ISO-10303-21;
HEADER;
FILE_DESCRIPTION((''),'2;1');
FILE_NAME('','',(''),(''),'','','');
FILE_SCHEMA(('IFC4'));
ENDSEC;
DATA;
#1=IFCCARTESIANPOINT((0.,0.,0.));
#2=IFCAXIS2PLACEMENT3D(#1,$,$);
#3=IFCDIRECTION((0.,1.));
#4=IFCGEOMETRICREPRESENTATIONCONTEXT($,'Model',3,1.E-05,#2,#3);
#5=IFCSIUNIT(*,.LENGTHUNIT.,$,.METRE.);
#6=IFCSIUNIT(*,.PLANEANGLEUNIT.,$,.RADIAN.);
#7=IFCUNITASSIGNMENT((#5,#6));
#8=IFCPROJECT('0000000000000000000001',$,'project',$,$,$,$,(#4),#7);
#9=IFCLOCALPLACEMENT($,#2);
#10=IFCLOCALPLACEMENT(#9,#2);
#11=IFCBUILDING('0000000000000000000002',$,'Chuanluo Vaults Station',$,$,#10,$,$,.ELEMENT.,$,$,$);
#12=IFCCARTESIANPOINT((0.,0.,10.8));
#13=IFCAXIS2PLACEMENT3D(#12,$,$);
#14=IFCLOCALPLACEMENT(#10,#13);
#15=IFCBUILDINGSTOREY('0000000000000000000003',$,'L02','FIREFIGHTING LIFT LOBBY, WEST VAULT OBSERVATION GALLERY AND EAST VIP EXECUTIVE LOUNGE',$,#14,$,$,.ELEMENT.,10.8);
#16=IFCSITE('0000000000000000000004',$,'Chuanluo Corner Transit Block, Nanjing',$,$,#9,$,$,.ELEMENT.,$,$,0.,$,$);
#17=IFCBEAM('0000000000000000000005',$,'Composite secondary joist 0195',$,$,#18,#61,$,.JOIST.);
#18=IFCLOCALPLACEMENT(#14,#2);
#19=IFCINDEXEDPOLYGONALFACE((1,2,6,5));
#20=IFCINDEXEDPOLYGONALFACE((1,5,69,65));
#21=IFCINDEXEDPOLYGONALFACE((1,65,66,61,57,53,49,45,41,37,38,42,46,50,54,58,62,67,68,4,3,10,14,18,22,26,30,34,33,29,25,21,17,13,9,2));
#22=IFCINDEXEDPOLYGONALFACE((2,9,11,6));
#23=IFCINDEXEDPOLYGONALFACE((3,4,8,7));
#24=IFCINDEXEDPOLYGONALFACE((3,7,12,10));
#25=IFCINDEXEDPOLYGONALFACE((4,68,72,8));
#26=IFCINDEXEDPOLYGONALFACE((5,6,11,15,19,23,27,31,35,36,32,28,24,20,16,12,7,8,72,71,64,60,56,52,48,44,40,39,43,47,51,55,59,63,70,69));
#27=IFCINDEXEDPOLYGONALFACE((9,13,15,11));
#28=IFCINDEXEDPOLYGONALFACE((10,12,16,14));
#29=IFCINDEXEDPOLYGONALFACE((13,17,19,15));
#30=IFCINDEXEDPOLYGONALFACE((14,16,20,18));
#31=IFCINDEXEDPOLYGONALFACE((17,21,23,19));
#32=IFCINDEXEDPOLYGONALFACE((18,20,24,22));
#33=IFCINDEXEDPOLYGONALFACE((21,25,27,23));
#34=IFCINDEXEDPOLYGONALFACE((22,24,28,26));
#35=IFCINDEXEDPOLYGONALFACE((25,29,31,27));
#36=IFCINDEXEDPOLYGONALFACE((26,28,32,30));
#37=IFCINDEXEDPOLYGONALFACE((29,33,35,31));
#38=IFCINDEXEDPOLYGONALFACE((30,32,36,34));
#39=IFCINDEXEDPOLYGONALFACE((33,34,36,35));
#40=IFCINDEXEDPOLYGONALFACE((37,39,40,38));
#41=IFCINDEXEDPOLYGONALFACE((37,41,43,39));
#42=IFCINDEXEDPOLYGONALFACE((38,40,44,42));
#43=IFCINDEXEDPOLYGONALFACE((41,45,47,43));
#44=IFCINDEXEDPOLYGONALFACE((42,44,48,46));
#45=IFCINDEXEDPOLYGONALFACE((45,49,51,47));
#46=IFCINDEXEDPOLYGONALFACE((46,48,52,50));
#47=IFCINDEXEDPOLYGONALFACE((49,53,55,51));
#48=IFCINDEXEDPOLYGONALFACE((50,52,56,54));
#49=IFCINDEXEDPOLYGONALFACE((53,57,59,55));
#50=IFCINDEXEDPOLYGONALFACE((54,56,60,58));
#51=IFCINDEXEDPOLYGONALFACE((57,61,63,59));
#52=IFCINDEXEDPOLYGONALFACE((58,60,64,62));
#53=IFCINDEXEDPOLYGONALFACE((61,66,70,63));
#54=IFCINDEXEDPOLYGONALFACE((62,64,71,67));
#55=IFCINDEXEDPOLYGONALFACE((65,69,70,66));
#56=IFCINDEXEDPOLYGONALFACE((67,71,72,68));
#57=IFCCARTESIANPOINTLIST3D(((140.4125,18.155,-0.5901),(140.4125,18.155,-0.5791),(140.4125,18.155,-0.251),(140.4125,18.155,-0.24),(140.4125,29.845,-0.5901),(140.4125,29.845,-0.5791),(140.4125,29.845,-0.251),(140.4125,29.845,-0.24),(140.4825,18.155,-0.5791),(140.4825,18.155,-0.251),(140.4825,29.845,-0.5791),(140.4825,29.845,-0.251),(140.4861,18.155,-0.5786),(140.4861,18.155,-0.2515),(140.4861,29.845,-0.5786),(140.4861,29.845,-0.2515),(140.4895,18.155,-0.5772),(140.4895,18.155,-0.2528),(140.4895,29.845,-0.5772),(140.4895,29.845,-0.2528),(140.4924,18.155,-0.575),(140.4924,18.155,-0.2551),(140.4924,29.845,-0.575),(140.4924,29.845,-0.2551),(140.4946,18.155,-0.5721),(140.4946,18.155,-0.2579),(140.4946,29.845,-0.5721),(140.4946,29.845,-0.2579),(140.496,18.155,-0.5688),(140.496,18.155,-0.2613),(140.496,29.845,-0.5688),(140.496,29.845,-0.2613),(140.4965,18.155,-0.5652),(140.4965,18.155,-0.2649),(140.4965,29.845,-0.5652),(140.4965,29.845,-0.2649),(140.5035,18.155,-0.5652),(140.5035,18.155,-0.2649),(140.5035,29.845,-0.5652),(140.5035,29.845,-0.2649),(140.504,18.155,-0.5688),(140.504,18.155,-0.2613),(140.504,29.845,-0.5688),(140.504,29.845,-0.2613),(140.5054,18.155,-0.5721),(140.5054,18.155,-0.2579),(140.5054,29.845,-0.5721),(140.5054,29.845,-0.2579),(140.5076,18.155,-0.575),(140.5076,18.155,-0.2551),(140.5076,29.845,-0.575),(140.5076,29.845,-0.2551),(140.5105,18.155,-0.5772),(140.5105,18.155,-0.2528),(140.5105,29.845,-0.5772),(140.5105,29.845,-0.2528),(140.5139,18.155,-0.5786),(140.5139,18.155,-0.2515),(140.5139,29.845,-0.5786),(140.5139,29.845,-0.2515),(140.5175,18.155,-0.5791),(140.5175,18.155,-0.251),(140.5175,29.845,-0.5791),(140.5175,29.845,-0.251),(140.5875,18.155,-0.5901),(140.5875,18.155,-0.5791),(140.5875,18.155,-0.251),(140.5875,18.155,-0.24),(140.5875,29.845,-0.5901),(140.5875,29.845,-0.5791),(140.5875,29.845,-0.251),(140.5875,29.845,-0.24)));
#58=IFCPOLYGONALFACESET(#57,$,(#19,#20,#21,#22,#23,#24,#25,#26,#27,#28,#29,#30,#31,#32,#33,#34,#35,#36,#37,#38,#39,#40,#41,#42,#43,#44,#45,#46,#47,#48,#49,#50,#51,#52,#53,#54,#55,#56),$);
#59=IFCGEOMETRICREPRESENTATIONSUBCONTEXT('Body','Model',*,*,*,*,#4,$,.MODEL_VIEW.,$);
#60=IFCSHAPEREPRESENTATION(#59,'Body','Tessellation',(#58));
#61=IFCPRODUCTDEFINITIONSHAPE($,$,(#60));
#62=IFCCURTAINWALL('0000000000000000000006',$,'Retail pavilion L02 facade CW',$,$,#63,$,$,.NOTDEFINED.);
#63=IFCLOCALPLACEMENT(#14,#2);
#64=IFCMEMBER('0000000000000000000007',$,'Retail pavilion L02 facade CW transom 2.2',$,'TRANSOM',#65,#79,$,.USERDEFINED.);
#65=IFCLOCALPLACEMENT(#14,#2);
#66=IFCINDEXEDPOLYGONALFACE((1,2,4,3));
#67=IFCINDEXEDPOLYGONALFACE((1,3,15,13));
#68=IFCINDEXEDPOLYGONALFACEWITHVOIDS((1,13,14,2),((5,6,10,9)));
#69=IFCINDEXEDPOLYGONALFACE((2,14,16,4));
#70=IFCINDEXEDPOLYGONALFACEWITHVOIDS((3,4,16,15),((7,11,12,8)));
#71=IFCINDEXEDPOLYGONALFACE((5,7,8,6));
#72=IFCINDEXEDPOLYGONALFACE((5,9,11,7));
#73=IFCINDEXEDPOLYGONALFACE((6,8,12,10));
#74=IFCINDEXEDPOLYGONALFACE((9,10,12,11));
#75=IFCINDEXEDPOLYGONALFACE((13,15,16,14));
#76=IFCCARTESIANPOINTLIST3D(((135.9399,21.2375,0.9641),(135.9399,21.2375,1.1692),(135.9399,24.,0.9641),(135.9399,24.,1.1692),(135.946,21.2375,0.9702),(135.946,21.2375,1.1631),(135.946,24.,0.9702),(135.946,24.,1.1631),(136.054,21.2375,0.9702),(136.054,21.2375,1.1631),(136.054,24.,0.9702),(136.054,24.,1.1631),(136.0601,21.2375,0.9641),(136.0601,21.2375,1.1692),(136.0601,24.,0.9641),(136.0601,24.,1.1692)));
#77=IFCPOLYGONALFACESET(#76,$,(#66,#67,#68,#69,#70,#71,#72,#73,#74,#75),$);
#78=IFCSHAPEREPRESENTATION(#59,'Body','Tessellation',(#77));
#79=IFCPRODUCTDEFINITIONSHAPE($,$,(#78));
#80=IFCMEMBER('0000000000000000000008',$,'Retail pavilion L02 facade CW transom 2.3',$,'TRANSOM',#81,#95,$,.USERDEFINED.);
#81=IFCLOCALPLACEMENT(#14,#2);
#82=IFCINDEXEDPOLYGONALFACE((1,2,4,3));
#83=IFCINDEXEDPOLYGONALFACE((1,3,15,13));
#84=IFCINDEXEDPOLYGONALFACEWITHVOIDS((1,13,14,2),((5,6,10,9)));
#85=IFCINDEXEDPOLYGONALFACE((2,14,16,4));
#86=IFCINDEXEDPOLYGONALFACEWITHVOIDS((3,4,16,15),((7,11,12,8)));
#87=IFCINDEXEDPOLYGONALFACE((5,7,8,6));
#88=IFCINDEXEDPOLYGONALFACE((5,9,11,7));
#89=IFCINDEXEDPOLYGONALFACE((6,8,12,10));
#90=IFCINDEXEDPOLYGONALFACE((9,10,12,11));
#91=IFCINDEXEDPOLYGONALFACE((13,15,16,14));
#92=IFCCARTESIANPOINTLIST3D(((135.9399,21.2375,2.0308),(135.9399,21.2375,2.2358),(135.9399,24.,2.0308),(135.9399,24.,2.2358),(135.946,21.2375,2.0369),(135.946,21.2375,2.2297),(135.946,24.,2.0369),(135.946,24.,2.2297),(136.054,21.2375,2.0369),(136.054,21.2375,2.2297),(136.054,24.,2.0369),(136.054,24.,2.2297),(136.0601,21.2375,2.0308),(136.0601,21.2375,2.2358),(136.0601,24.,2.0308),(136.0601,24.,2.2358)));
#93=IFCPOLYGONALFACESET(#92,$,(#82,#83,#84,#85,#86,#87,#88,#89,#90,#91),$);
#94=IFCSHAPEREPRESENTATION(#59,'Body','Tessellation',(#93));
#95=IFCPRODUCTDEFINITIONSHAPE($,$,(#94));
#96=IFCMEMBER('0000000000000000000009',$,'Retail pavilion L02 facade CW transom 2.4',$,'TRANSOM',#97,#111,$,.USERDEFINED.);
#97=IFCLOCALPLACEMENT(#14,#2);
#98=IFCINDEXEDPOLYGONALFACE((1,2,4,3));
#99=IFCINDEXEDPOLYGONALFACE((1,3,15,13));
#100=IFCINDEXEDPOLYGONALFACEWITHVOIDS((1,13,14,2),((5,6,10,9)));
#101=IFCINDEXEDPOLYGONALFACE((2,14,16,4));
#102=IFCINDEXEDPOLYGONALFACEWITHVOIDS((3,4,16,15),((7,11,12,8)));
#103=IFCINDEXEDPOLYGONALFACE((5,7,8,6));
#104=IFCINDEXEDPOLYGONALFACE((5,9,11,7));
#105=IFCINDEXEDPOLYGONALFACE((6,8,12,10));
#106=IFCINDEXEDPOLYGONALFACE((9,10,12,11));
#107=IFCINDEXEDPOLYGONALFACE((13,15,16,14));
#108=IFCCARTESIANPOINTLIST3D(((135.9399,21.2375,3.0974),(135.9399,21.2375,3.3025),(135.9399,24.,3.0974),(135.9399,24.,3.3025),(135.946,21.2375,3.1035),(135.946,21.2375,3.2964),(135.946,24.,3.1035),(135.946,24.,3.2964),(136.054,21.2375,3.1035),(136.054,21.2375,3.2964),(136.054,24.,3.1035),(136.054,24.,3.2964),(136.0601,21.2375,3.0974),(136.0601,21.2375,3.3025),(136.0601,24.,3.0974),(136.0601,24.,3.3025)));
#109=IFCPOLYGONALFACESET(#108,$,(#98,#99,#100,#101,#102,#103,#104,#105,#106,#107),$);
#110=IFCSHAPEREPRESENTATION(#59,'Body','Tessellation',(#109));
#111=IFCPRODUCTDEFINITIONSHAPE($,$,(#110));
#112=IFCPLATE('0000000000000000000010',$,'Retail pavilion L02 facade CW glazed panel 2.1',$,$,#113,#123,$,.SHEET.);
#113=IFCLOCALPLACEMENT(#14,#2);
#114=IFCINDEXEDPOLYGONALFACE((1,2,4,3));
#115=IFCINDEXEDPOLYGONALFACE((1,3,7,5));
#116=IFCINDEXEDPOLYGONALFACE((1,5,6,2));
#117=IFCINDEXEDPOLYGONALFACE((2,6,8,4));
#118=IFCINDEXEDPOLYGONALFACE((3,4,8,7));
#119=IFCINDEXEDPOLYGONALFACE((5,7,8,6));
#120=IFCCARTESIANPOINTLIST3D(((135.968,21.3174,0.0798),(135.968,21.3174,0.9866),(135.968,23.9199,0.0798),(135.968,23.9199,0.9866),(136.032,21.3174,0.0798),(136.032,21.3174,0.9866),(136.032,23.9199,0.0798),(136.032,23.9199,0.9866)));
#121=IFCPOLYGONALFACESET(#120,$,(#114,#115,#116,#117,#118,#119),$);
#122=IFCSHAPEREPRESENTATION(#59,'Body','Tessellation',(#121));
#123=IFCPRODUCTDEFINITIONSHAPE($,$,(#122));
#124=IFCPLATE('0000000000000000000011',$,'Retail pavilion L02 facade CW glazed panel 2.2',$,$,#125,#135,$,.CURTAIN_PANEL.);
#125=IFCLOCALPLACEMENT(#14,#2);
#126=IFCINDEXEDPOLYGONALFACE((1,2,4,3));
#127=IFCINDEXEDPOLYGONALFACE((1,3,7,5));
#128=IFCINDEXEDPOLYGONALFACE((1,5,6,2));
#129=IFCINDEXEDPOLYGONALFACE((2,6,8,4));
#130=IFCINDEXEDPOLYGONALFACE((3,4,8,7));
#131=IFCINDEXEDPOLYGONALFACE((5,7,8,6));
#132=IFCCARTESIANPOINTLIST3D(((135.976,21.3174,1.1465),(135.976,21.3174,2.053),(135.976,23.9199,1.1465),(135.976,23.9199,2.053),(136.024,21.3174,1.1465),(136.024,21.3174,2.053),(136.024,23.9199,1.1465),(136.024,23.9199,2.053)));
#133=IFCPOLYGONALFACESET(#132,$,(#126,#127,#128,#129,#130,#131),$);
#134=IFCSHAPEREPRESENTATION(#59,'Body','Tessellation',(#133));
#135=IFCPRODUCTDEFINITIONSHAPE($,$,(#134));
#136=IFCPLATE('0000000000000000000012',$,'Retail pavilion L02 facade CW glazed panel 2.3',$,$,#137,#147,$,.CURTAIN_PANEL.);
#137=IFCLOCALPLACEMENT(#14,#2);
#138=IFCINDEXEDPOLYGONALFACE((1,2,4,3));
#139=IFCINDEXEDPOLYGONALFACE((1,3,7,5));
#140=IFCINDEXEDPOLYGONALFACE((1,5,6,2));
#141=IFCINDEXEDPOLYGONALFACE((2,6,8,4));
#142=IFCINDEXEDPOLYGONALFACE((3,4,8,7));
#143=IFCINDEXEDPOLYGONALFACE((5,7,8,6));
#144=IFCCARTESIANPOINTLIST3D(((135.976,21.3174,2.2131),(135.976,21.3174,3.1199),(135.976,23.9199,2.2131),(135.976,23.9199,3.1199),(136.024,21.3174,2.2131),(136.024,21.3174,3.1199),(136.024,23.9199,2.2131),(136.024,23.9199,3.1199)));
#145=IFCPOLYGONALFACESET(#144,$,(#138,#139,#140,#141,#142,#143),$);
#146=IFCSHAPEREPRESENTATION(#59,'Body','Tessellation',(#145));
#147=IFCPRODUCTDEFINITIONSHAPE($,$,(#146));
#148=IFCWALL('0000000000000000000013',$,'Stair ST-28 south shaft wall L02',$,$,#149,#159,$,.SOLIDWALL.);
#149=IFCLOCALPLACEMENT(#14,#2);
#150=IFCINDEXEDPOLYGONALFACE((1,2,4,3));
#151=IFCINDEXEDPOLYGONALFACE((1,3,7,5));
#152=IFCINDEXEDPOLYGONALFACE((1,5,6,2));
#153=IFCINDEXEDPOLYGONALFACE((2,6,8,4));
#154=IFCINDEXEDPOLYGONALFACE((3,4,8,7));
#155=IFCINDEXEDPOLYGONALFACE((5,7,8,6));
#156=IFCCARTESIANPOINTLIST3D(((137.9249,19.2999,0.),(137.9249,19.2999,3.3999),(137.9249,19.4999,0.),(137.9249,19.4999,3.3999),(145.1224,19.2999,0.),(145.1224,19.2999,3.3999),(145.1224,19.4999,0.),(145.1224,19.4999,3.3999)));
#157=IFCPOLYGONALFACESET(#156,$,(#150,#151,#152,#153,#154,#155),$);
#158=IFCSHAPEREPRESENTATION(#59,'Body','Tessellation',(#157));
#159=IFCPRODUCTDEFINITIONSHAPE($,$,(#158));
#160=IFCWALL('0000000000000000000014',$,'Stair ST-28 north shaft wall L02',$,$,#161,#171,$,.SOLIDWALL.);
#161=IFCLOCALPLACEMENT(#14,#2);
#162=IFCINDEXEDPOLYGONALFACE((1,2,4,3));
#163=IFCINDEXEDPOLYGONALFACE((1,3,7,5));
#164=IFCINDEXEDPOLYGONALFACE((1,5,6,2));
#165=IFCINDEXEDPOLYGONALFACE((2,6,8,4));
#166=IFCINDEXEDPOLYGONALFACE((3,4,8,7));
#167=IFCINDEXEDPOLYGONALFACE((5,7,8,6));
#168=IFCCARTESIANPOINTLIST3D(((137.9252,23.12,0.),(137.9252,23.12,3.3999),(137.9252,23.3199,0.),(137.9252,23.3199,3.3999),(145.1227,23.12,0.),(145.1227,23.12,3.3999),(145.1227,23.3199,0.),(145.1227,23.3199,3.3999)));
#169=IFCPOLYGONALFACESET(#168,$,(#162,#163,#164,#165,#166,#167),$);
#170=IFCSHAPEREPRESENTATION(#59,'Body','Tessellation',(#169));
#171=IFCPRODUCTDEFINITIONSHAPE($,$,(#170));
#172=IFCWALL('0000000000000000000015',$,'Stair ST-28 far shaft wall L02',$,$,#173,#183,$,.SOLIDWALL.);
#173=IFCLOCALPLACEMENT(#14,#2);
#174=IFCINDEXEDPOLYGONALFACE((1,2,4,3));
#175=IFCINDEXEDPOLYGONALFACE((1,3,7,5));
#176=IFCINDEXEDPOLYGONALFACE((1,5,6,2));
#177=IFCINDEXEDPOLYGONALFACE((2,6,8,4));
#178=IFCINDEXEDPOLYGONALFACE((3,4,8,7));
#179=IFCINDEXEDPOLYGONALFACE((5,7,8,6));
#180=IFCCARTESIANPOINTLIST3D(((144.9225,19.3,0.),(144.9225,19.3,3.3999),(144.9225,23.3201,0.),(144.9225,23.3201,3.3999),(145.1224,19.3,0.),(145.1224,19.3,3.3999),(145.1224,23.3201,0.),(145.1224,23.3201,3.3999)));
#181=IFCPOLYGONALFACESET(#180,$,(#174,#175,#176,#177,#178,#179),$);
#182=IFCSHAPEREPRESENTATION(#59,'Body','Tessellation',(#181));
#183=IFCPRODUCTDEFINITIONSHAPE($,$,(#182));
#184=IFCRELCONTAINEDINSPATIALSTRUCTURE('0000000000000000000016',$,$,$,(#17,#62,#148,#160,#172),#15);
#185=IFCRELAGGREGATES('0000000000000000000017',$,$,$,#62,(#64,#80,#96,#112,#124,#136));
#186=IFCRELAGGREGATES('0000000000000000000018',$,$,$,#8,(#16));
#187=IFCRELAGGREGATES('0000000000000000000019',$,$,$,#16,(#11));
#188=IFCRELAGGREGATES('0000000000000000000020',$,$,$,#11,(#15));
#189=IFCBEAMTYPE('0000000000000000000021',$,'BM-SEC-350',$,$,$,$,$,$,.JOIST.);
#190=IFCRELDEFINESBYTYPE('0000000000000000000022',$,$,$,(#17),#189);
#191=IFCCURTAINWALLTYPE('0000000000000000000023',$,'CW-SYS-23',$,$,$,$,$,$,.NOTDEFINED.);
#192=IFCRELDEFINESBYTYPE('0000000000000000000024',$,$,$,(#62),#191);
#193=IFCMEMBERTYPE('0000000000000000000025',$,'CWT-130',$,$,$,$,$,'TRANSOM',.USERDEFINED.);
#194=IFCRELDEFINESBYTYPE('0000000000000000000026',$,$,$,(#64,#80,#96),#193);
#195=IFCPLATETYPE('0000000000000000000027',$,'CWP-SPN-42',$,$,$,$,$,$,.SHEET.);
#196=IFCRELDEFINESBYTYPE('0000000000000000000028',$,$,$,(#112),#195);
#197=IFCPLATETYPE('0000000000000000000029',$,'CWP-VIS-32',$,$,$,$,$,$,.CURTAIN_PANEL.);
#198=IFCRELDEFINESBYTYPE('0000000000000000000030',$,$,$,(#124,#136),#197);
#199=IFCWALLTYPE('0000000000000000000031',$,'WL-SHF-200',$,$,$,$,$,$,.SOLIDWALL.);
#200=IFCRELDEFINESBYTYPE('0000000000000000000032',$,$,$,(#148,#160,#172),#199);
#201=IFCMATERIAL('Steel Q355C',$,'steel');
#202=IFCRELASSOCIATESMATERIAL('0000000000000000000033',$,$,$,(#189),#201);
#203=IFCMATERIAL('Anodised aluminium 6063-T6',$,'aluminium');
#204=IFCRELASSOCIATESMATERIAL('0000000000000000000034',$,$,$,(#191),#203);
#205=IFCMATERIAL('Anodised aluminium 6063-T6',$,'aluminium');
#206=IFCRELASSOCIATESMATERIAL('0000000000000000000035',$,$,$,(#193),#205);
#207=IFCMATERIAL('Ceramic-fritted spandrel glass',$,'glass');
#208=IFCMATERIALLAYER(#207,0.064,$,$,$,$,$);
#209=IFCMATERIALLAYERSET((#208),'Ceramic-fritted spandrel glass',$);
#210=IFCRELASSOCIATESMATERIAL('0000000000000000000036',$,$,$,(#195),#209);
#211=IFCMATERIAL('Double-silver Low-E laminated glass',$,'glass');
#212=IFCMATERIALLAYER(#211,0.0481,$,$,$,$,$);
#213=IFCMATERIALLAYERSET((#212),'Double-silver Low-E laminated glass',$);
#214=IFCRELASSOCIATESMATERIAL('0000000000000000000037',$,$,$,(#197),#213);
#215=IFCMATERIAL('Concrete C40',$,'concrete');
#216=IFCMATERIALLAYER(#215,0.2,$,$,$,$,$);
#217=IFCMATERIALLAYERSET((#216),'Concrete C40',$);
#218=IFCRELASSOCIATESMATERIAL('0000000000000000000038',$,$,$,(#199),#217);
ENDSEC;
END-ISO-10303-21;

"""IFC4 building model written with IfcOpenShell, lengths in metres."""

from ifc_helpers import new_model, si_unit, direction, frame, frame_2d, origin, origin_2d, place, context, subcontext, project, spatial, rectangle, hollow_rectangle, i_section, extrude, material, layer, layer_set, material_profile, profile_set, type_object, element, aggregate, save


model = new_model("IFC4")

# Units and contexts
model_context = context("Model", 3, precision=1e-05, world=origin(), true_north=direction((0.0, 1.0)))
body_context = subcontext(model_context, "Body", "Model", "MODEL_VIEW")
ifc_project = project(units=[si_unit("LENGTHUNIT", "METRE"), si_unit("PLANEANGLEUNIT", "RADIAN")], contexts=[model_context])

# Site, building, storey
site_placement = place(None, origin())
site = spatial("IfcSite", under=ifc_project, at=site_placement, Name="Chuanluo Corner Transit Block, Nanjing", CompositionType="ELEMENT", RefElevation=0.0)
building_placement = place(site_placement, origin())
building = spatial("IfcBuilding", under=site, at=building_placement, Name="Chuanluo Vaults Station", CompositionType="ELEMENT")
storey_placement = place(building_placement, frame((0.0, 0.0, 10.8)))
storey = spatial("IfcBuildingStorey", under=building, at=storey_placement, Name="L02", Description="FIREFIGHTING LIFT LOBBY, WEST VAULT OBSERVATION GALLERY AND EAST VIP EXECUTIVE LOUNGE", CompositionType="ELEMENT", Elevation=10.8)

# Beam
ifc_material_1 = material(Name="Steel Q355C", Category="steel")
ifc_material_profile_1 = material_profile(ifc_material_1, i_section(OverallWidth=0.175, OverallDepth=0.3501, WebThickness=0.0071, FlangeThickness=0.011, FilletRadius=0.0139, at=origin_2d()))
ifc_profile_set_1 = profile_set([ifc_material_profile_1], Name="Steel Q355C")
beam_type_1 = type_object("IfcBeamType", Name="BM-SEC-350", PredefinedType="JOIST", material=ifc_profile_set_1)
beam_1_placement = place(storey_placement, frame((140.5, 18.155, -0.415), z_axis=(0.0, 1.0, 0.0), x_axis=(-1.0, 0.0, 0.0)))
element("IfcBeam", 1, at=beam_1_placement, inside=storey, type_object=beam_type_1, Name="Composite secondary joist 0195", PredefinedType="JOIST", context=body_context, shape_type="SweptSolid", body=[
    extrude(i_section(OverallWidth=0.175, OverallDepth=0.3501, WebThickness=0.0071, FlangeThickness=0.011, FilletRadius=0.0139, at=origin_2d()), origin(), (0.0, 0.0, 1.0), 11.6899),
])

# Curtain wall, members, plates
ifc_material_2 = material(Name="Anodised aluminium 6063-T6", Category="aluminium")
curtain_wall_type = type_object("IfcCurtainWallType", Name="CW-SYS-23", PredefinedType="NOTDEFINED", material=ifc_material_2)
curtain_wall_placement = place(storey_placement, origin())
curtain_wall = element("IfcCurtainWall", 2, at=curtain_wall_placement, inside=storey, type_object=curtain_wall_type, Name="Retail pavilion L02 facade CW", PredefinedType="NOTDEFINED")
ifc_material_3 = material(Name="Anodised aluminium 6063-T6", Category="aluminium")
ifc_material_profile_2 = material_profile(ifc_material_3, hollow_rectangle(XDim=0.1201, YDim=0.2051, WallThickness=0.0061, at=origin_2d()))
ifc_profile_set_2 = profile_set([ifc_material_profile_2], Name="Anodised aluminium 6063-T6")
member_type = type_object("IfcMemberType", Name="CWT-130", ElementType="TRANSOM", PredefinedType="USERDEFINED", material=ifc_profile_set_2)
member_1_placement = place(storey_placement, frame((136.0, 21.2375, 1.0667), z_axis=(0.0, 1.0, 0.0), x_axis=(-1.0, 0.0, 0.0)))
member_1 = element("IfcMember", 3, at=member_1_placement, type_object=member_type, Name="Retail pavilion L02 facade CW transom 2.2", ObjectType="TRANSOM", PredefinedType="USERDEFINED", context=body_context, shape_type="SweptSolid", body=[
    extrude(hollow_rectangle(XDim=0.1201, YDim=0.2051, WallThickness=0.0061, at=origin_2d()), origin(), (0.0, 0.0, 1.0), 2.7625),
])
member_2_placement = place(storey_placement, frame((136.0, 21.2375, 2.1333), z_axis=(0.0, 1.0, 0.0), x_axis=(-1.0, 0.0, 0.0)))
member_2 = element("IfcMember", 4, at=member_2_placement, type_object=member_type, Name="Retail pavilion L02 facade CW transom 2.3", ObjectType="TRANSOM", PredefinedType="USERDEFINED", context=body_context, shape_type="SweptSolid", body=[
    extrude(hollow_rectangle(XDim=0.1201, YDim=0.2051, WallThickness=0.0061, at=origin_2d()), origin(), (0.0, 0.0, 1.0), 2.7625),
])
member_3_placement = place(storey_placement, frame((136.0, 21.2375, 3.2), z_axis=(0.0, 1.0, 0.0), x_axis=(-1.0, 0.0, 0.0)))
member_3 = element("IfcMember", 5, at=member_3_placement, type_object=member_type, Name="Retail pavilion L02 facade CW transom 2.4", ObjectType="TRANSOM", PredefinedType="USERDEFINED", context=body_context, shape_type="SweptSolid", body=[
    extrude(hollow_rectangle(XDim=0.1201, YDim=0.2051, WallThickness=0.0061, at=origin_2d()), origin(), (0.0, 0.0, 1.0), 2.7625),
])
ifc_material_4 = material(Name="Ceramic-fritted spandrel glass", Category="glass")
ifc_layer_1 = layer(ifc_material_4, 0.064)
ifc_layer_set_1 = layer_set([ifc_layer_1], Name="Ceramic-fritted spandrel glass")
plate_type_1 = type_object("IfcPlateType", Name="CWP-SPN-42", PredefinedType="SHEET", material=ifc_layer_set_1)
plate_1_placement = place(storey_placement, frame((136.0, 22.6187, 0.0798), z_axis=(0.0, 0.0, 1.0), x_axis=(0.0, 1.0, 0.0)))
plate_1 = element("IfcPlate", 6, at=plate_1_placement, type_object=plate_type_1, Name="Retail pavilion L02 facade CW glazed panel 2.1", PredefinedType="SHEET", context=body_context, shape_type="SweptSolid", body=[
    extrude(rectangle(XDim=2.6025, YDim=0.064, at=origin_2d()), origin(), (0.0, 0.0, 1.0), 0.9067),
])
ifc_material_5 = material(Name="Double-silver Low-E laminated glass", Category="glass")
ifc_layer_2 = layer(ifc_material_5, 0.0481)
ifc_layer_set_2 = layer_set([ifc_layer_2], Name="Double-silver Low-E laminated glass")
plate_type_2 = type_object("IfcPlateType", Name="CWP-VIS-32", PredefinedType="CURTAIN_PANEL", material=ifc_layer_set_2)
plate_2_placement = place(storey_placement, frame((136.0, 22.6187, 1.1465), z_axis=(0.0, 0.0, 1.0), x_axis=(0.0, 1.0, 0.0)))
plate_2 = element("IfcPlate", 7, at=plate_2_placement, type_object=plate_type_2, Name="Retail pavilion L02 facade CW glazed panel 2.2", PredefinedType="CURTAIN_PANEL", context=body_context, shape_type="SweptSolid", body=[
    extrude(rectangle(XDim=2.6025, YDim=0.0481, at=origin_2d()), origin(), (0.0, 0.0, 1.0), 0.9065),
])
plate_3_placement = place(storey_placement, frame((136.0, 22.6187, 2.2131), z_axis=(0.0, 0.0, 1.0), x_axis=(0.0, 1.0, 0.0)))
plate_3 = element("IfcPlate", 8, at=plate_3_placement, type_object=plate_type_2, Name="Retail pavilion L02 facade CW glazed panel 2.3", PredefinedType="CURTAIN_PANEL", context=body_context, shape_type="SweptSolid", body=[
    extrude(rectangle(XDim=2.6025, YDim=0.0481, at=origin_2d()), origin(), (0.0, 0.0, 1.0), 0.9067),
])
aggregate(curtain_wall, [member_1, member_2, member_3, plate_1, plate_2, plate_3])

# Walls
ifc_material_6 = material(Name="Concrete C40", Category="concrete")
ifc_layer_3 = layer(ifc_material_6, 0.2)
ifc_layer_set_3 = layer_set([ifc_layer_3], Name="Concrete C40")
wall_type = type_object("IfcWallType", Name="WL-SHF-200", PredefinedType="SOLIDWALL", material=ifc_layer_set_3)
for number, where, z_axis, x_axis, name in (
    (9, (137.925, 19.3999, 0.0), (0.0, 0.0, 1.0), (1.0, 0.0, 0.0), "Stair ST-28 south shaft wall L02"),
    (10, (145.1226, 23.22, 0.0), (0.0, 0.0, 1.0), (-1.0, 0.0, 0.0), "Stair ST-28 north shaft wall L02"),
):
    element("IfcWall", number, at=place(storey_placement, frame(where, z_axis=z_axis, x_axis=x_axis)), inside=storey, type_object=wall_type, Name=name, PredefinedType="SOLIDWALL", context=body_context, shape_type="SweptSolid", body=[
        extrude(rectangle(XDim=7.1975, YDim=0.2, at=frame_2d((3.5986, 0.0))), origin(), (0.0, 0.0, 1.0), 3.3999),
    ])
wall_placement = place(storey_placement, frame((145.0225, 19.3, 0.0), z_axis=(0.0, 0.0, 1.0), x_axis=(0.0, 1.0, 0.0)))
element("IfcWall", 11, at=wall_placement, inside=storey, type_object=wall_type, Name="Stair ST-28 far shaft wall L02", PredefinedType="SOLIDWALL", context=body_context, shape_type="SweptSolid", body=[
    extrude(rectangle(XDim=4.02, YDim=0.2, at=frame_2d((2.01, 0.0))), origin(), (0.0, 0.0, 1.0), 3.3999),
])

save(model, "model.ifc")
